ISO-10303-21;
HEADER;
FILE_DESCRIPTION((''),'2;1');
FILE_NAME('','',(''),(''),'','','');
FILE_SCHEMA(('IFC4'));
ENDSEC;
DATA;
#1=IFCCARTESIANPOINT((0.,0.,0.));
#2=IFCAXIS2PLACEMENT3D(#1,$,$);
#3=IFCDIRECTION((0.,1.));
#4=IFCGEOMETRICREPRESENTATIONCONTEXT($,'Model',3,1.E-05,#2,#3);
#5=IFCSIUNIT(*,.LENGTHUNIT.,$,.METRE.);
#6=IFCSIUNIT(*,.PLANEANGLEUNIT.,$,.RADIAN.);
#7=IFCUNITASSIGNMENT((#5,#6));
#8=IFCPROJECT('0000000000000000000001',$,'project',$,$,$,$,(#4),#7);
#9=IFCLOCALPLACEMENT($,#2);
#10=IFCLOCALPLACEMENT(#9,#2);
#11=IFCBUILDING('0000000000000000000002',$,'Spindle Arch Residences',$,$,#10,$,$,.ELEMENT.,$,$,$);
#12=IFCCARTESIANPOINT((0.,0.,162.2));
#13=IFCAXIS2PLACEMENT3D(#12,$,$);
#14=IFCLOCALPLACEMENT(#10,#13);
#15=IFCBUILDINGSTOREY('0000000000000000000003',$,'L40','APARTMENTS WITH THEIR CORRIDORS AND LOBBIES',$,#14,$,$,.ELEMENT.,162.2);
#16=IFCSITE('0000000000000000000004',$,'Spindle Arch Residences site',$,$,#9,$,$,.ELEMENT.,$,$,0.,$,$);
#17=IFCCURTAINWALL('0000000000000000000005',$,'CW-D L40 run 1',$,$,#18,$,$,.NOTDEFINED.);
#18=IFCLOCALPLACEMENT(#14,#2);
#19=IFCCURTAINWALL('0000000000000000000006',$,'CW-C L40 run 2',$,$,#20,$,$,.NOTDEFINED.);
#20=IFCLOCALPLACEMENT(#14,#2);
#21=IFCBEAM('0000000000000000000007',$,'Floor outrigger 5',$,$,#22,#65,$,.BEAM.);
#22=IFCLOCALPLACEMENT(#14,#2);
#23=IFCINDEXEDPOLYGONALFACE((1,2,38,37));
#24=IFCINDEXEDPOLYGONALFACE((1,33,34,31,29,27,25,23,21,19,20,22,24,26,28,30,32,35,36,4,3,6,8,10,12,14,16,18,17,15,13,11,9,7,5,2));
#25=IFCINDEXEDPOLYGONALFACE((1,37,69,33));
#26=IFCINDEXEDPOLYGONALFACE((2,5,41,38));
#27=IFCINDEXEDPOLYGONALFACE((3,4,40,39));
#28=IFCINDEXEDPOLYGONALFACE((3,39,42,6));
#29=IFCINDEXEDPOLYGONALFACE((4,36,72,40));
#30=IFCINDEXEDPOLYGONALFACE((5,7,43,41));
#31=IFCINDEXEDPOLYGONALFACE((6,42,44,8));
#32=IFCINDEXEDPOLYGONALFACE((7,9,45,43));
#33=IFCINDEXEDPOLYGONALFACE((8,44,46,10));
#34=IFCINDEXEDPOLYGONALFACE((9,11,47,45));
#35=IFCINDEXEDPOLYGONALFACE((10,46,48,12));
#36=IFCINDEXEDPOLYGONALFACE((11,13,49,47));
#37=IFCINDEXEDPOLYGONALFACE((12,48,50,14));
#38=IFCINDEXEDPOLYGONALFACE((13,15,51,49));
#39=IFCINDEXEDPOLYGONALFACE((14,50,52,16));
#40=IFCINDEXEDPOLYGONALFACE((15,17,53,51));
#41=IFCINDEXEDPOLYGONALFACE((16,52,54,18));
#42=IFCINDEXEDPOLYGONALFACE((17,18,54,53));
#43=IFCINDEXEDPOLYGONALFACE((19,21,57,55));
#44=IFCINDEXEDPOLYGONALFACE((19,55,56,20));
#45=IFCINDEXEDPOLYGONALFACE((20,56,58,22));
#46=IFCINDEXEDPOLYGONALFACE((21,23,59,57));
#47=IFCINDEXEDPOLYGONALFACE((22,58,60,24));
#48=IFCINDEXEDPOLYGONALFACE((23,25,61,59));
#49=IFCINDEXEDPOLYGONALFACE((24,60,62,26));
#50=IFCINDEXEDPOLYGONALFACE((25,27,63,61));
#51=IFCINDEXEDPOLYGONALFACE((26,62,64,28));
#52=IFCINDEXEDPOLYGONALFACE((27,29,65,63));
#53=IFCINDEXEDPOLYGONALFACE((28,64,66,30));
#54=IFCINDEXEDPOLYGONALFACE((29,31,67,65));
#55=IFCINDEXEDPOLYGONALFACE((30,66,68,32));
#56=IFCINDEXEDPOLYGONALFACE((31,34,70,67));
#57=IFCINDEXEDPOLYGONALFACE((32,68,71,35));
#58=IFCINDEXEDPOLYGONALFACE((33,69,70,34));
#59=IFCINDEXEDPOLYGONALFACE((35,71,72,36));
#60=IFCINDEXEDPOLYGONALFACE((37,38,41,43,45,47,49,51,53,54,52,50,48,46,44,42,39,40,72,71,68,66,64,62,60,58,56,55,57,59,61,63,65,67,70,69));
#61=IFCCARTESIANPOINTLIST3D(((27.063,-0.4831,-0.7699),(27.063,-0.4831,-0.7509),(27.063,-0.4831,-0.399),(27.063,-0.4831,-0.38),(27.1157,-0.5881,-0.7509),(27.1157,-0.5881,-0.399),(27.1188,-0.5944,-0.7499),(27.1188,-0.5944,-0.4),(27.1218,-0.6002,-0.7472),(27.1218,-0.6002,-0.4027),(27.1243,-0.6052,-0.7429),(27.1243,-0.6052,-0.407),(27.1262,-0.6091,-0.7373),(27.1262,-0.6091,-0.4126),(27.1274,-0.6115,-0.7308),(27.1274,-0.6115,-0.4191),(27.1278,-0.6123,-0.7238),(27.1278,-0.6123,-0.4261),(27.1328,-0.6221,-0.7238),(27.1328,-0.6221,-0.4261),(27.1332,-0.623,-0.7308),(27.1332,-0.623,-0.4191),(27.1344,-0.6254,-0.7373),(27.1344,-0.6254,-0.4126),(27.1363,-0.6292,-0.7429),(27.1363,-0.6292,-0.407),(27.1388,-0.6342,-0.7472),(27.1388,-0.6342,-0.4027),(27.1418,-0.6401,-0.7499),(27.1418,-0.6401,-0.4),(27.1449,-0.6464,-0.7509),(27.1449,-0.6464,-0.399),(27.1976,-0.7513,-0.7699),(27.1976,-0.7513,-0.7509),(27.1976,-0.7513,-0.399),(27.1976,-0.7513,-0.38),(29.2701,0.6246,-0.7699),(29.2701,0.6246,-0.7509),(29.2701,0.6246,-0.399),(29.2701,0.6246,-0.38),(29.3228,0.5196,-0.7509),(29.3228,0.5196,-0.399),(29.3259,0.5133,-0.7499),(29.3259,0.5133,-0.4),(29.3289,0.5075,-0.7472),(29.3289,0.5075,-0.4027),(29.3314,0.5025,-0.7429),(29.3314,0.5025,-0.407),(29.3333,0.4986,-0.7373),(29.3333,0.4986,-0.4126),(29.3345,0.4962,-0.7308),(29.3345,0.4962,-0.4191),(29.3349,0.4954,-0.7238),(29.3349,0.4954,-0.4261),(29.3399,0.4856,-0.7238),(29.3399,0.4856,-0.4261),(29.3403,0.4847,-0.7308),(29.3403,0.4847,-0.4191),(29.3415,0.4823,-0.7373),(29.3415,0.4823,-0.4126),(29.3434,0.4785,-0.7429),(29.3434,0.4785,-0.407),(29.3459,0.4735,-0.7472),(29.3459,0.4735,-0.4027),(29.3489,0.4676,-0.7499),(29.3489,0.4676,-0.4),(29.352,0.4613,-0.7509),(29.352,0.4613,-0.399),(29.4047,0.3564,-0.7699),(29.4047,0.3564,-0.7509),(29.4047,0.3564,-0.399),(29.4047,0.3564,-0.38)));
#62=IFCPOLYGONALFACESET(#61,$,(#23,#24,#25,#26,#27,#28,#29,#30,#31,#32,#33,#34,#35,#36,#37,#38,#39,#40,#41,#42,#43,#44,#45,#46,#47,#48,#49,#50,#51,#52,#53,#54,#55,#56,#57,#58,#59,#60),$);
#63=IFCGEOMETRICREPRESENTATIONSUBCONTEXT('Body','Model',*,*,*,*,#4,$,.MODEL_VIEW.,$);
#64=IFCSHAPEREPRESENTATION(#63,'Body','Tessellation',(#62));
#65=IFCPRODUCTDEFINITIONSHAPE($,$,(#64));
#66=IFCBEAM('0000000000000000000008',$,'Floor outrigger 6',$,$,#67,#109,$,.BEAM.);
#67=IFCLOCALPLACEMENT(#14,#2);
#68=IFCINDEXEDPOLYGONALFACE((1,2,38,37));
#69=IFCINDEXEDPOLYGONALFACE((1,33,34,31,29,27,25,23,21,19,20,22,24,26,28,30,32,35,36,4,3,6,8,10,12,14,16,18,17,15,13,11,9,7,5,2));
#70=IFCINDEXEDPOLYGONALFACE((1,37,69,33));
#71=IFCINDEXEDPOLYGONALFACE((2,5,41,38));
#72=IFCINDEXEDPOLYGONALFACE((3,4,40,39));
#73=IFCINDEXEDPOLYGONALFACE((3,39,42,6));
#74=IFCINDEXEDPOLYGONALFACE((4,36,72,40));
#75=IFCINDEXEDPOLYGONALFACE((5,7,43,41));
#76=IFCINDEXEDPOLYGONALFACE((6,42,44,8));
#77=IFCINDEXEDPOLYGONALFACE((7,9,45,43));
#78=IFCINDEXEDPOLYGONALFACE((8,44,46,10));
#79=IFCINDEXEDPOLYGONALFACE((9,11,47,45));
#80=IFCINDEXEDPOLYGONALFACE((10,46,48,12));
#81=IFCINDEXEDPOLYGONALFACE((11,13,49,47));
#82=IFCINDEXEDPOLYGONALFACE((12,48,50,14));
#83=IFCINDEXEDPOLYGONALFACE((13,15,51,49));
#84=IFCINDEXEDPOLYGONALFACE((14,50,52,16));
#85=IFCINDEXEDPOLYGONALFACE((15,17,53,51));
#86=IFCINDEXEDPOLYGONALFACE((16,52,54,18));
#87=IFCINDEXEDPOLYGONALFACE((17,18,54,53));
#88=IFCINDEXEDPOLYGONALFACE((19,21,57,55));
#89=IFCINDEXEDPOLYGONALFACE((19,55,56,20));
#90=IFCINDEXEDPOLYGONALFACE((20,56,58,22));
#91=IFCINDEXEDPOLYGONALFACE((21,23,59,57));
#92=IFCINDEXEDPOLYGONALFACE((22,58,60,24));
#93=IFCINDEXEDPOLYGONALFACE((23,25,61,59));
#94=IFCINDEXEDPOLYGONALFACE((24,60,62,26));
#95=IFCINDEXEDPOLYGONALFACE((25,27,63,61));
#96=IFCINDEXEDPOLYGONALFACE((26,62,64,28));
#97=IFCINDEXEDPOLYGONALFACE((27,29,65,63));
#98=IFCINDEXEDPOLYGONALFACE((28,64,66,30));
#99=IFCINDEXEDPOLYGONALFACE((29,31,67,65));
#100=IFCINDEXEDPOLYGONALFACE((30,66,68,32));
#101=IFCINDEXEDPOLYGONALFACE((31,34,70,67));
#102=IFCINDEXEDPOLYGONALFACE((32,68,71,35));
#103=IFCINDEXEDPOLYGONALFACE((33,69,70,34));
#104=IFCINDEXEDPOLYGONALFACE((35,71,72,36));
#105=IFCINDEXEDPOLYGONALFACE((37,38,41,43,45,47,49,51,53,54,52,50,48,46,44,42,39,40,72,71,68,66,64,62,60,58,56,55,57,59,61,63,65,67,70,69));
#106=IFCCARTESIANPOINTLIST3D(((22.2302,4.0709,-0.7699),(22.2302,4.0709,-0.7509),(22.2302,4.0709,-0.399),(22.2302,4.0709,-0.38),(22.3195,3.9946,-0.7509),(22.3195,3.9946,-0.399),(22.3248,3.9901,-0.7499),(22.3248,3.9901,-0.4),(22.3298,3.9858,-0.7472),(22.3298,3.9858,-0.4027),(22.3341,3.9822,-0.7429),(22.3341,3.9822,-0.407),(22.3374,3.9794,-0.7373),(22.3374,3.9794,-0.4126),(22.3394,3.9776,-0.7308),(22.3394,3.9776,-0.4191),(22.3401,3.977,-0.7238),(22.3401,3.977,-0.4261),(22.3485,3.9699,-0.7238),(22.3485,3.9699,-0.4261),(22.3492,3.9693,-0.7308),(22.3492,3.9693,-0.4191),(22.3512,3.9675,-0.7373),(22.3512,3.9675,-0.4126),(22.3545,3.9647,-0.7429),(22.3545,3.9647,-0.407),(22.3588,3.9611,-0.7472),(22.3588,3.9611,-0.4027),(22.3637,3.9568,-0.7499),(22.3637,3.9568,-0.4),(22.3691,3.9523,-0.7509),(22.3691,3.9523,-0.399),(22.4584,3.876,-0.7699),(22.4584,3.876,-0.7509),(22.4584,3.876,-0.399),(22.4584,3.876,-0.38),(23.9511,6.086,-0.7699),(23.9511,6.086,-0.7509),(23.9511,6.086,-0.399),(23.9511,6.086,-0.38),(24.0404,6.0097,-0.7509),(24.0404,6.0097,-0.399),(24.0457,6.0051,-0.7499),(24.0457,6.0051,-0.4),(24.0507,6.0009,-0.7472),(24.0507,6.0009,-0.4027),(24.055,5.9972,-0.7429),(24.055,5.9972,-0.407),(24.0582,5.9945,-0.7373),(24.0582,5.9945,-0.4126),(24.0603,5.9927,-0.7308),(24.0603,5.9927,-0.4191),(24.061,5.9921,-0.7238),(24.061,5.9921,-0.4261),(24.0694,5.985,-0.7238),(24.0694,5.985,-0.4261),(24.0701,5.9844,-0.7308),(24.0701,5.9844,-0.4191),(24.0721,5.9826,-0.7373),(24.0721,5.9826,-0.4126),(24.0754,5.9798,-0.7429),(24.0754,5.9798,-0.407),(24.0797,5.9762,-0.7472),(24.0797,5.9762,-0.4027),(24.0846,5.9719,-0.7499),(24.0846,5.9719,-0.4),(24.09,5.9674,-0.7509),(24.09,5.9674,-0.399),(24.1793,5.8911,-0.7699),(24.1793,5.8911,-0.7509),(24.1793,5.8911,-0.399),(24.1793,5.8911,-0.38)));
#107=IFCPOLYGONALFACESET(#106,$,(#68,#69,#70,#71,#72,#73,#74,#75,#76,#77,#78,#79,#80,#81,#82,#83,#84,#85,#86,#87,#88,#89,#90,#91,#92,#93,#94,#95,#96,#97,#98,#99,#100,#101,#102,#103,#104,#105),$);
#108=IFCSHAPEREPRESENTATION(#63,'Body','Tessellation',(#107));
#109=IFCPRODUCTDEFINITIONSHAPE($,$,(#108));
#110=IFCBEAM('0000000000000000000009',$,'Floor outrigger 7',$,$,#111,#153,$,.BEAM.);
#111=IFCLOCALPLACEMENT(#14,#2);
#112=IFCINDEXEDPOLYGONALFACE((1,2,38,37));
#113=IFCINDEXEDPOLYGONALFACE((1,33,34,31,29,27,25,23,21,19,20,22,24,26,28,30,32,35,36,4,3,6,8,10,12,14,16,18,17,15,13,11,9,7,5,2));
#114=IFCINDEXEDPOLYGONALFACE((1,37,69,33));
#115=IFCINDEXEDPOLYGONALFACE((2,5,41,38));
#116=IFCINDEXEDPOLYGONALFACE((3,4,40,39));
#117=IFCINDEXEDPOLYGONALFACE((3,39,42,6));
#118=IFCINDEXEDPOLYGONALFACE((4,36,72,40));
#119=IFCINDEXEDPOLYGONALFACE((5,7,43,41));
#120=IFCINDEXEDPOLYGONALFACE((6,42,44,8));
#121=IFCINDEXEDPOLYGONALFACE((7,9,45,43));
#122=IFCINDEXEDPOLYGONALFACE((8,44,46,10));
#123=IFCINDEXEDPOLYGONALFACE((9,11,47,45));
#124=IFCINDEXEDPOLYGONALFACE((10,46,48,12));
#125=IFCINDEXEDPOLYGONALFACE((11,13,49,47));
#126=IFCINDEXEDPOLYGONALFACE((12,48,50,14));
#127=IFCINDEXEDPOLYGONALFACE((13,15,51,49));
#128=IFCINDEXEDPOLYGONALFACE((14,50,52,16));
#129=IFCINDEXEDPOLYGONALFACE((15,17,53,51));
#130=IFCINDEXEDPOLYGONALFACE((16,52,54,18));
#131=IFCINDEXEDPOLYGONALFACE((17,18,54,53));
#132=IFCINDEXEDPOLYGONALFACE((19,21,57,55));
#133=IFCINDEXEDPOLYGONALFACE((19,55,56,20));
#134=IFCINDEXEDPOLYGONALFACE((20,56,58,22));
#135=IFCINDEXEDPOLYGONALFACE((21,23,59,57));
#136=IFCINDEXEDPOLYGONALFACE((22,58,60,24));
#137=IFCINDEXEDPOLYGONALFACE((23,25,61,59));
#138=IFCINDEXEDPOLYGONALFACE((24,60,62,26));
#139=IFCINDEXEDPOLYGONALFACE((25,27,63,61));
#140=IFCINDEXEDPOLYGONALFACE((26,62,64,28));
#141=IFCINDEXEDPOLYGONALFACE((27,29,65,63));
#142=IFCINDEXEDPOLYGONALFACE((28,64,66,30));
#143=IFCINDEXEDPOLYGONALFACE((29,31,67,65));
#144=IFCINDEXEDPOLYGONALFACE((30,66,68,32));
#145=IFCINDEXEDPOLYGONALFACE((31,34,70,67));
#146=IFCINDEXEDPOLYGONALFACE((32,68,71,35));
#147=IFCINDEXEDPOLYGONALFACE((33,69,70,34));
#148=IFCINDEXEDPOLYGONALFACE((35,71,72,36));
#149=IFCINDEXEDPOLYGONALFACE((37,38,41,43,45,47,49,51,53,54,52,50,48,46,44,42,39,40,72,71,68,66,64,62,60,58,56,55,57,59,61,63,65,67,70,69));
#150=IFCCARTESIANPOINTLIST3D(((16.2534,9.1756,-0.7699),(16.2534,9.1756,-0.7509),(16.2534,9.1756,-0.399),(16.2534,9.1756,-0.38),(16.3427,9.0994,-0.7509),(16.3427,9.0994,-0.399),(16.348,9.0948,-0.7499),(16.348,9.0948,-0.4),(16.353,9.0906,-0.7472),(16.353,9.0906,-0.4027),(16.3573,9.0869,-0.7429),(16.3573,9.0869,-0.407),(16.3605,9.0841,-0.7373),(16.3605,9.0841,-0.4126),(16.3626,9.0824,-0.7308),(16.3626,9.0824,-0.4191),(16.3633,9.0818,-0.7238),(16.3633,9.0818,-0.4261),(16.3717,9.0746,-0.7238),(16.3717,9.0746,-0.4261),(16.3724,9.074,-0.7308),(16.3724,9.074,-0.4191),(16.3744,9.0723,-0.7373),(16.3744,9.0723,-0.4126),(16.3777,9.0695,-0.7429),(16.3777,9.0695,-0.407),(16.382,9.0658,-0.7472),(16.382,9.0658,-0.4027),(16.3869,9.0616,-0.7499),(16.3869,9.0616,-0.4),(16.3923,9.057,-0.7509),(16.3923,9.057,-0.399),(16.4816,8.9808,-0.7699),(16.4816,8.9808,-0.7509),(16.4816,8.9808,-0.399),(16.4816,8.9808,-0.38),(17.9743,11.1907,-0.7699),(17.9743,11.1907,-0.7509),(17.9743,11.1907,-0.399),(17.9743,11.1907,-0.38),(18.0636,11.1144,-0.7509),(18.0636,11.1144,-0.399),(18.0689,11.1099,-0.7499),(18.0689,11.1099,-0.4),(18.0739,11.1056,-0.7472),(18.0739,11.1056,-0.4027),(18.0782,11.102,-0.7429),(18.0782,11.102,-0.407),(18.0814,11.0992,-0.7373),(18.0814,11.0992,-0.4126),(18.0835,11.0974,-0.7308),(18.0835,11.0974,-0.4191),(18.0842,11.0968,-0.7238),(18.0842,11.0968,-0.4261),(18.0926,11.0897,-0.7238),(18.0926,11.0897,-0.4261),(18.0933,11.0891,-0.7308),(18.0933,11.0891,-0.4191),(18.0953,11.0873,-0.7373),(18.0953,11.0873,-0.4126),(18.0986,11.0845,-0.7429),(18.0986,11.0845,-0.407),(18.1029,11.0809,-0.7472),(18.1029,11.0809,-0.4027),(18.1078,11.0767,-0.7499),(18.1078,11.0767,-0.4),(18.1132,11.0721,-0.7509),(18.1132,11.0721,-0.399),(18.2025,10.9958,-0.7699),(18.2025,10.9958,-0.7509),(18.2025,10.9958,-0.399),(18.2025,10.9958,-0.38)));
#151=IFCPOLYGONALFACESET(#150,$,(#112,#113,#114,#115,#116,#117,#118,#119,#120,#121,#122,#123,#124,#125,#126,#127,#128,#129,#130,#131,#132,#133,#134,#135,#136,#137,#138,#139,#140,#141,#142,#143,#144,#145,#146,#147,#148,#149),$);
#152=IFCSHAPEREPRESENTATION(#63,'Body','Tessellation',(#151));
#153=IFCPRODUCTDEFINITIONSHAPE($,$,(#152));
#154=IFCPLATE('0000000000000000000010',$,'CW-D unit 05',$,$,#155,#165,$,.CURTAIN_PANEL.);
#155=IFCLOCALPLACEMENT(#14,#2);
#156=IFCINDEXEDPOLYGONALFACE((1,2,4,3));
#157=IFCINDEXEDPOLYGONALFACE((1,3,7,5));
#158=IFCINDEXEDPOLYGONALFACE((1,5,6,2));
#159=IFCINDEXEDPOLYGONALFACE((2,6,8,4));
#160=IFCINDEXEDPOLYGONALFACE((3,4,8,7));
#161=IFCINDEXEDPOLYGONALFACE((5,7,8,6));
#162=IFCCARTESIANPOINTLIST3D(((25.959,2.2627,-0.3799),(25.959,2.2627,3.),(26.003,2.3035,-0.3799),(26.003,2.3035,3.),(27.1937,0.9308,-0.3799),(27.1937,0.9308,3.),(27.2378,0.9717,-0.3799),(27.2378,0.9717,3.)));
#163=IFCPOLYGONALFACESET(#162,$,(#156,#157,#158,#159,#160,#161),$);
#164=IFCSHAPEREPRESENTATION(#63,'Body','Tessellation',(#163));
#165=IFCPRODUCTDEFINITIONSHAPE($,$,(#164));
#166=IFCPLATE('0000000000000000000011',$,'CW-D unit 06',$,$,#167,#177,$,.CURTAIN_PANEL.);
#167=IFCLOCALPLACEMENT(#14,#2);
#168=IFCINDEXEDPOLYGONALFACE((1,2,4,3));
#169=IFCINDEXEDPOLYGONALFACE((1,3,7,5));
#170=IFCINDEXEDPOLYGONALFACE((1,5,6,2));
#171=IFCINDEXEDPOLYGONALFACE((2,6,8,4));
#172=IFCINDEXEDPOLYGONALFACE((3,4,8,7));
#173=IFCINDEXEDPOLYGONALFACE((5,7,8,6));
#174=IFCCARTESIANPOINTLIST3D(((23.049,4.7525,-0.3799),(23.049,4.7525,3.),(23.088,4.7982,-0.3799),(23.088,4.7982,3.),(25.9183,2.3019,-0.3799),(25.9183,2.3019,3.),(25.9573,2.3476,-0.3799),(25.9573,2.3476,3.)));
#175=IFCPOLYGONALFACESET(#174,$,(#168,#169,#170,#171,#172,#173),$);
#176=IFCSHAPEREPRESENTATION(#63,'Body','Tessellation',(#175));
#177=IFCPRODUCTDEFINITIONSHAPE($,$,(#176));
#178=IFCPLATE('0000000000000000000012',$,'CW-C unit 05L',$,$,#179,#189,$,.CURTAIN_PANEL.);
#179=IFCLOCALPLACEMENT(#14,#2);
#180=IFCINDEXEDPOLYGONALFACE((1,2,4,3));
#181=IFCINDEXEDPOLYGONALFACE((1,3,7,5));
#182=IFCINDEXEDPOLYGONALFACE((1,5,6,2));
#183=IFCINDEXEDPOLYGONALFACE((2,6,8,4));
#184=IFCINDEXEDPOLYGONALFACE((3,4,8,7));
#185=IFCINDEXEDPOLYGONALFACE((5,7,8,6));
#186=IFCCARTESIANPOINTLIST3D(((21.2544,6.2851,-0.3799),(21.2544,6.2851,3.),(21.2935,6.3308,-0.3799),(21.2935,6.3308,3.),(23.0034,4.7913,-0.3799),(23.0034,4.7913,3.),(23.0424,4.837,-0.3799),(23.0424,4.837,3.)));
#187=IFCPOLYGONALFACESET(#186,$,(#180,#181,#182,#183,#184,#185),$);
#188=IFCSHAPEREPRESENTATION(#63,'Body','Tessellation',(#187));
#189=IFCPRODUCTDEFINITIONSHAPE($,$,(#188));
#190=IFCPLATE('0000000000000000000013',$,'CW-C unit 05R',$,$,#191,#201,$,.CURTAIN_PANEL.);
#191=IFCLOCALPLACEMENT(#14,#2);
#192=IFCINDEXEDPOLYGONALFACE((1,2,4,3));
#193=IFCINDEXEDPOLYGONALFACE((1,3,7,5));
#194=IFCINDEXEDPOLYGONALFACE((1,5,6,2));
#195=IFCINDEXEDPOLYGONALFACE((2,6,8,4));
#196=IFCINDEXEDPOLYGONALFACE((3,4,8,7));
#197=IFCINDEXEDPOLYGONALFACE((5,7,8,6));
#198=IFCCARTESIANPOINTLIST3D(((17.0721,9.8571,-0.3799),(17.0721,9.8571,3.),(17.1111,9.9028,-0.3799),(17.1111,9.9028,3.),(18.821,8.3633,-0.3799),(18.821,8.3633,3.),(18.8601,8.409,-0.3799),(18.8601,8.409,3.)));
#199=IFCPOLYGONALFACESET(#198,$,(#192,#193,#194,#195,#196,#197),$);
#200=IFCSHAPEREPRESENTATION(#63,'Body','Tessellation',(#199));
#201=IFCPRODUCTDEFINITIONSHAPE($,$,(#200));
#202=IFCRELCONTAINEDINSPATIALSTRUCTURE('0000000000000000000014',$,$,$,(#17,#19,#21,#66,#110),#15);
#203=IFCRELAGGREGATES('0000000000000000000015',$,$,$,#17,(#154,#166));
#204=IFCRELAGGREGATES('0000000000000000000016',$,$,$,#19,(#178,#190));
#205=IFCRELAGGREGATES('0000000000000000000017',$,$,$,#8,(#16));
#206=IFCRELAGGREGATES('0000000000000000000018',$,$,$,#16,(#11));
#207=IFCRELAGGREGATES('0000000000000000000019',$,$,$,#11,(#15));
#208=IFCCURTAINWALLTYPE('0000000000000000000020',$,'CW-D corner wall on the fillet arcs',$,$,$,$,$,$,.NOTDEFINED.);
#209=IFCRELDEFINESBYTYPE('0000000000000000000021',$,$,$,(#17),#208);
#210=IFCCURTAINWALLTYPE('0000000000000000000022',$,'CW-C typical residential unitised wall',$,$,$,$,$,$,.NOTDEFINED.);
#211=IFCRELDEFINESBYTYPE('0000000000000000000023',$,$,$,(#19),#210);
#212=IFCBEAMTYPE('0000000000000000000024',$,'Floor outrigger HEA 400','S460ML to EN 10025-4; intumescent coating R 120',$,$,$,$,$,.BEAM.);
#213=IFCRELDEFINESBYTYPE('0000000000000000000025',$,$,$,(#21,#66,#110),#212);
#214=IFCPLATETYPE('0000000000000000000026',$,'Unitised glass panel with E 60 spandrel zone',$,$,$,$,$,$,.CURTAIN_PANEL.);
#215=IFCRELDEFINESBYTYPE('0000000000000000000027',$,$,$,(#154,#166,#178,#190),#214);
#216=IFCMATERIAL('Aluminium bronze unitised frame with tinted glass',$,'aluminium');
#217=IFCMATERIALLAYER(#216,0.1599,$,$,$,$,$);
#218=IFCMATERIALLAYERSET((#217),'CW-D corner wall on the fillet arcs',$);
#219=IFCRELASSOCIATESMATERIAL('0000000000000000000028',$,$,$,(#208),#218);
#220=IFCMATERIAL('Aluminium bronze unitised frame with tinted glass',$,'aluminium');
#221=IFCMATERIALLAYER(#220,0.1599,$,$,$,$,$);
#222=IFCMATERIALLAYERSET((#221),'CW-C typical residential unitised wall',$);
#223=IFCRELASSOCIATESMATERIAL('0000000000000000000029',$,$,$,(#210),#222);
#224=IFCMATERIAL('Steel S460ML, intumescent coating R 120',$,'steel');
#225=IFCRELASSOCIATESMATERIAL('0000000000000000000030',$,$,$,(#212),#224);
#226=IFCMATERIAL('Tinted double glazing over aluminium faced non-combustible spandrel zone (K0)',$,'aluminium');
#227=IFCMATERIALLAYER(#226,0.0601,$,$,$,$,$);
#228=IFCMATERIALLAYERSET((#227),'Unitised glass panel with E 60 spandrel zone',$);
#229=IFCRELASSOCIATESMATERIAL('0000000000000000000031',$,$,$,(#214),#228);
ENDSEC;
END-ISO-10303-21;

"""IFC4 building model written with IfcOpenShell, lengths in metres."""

from ifc_helpers import new_model, si_unit, direction, frame, origin, origin_2d, place, context, subcontext, project, spatial, rectangle, i_section, extrude, material, layer, layer_set, material_profile, profile_set, type_object, element, aggregate, save


model = new_model("IFC4")

# Units and contexts
model_context = context("Model", 3, precision=1e-05, world=origin(), true_north=direction((0.0, 1.0)))
body_context = subcontext(model_context, "Body", "Model", "MODEL_VIEW")
ifc_project = project(units=[si_unit("LENGTHUNIT", "METRE"), si_unit("PLANEANGLEUNIT", "RADIAN")], contexts=[model_context])

# Site, building, storey
site_placement = place(None, origin())
site = spatial("IfcSite", under=ifc_project, at=site_placement, Name="Spindle Arch Residences site", CompositionType="ELEMENT", RefElevation=0.0)
building_placement = place(site_placement, origin())
building = spatial("IfcBuilding", under=site, at=building_placement, Name="Spindle Arch Residences", CompositionType="ELEMENT")
storey_placement = place(building_placement, frame((0.0, 0.0, 162.2)))
storey = spatial("IfcBuildingStorey", under=building, at=storey_placement, Name="L40", Description="APARTMENTS WITH THEIR CORRIDORS AND LOBBIES", CompositionType="ELEMENT", Elevation=162.2)

# Curtain wall
ifc_material_1 = material(Name="Aluminium bronze unitised frame with tinted glass", Category="aluminium")
ifc_layer_1 = layer(ifc_material_1, 0.1599)
ifc_layer_set_1 = layer_set([ifc_layer_1], Name="CW-D corner wall on the fillet arcs")
curtain_wall_type_1 = type_object("IfcCurtainWallType", Name="CW-D corner wall on the fillet arcs", PredefinedType="NOTDEFINED", material=ifc_layer_set_1)
curtain_wall_1_placement = place(storey_placement, origin())
curtain_wall_1 = element("IfcCurtainWall", 1, at=curtain_wall_1_placement, inside=storey, type_object=curtain_wall_type_1, Name="CW-D L40 run 1", PredefinedType="NOTDEFINED")

# Curtain wall
ifc_material_2 = material(Name="Aluminium bronze unitised frame with tinted glass", Category="aluminium")
ifc_layer_2 = layer(ifc_material_2, 0.1599)
ifc_layer_set_2 = layer_set([ifc_layer_2], Name="CW-C typical residential unitised wall")
curtain_wall_type_2 = type_object("IfcCurtainWallType", Name="CW-C typical residential unitised wall", PredefinedType="NOTDEFINED", material=ifc_layer_set_2)
curtain_wall_2_placement = place(storey_placement, origin())
curtain_wall_2 = element("IfcCurtainWall", 2, at=curtain_wall_2_placement, inside=storey, type_object=curtain_wall_type_2, Name="CW-C L40 run 2", PredefinedType="NOTDEFINED")

# Beams
ifc_material_3 = material(Name="Steel S460ML, intumescent coating R 120", Category="steel")
ifc_material_profile_1 = material_profile(ifc_material_3, i_section(OverallWidth=0.3, OverallDepth=0.3899, WebThickness=0.011, FlangeThickness=0.019, FilletRadius=0.0271, at=origin_2d()), Name="HEA 400")
ifc_profile_set_1 = profile_set([ifc_material_profile_1], Name="Steel S460ML, intumescent coating R 120")
beam_type_1 = type_object("IfcBeamType", Name="Floor outrigger HEA 400", Description="S460ML to EN 10025-4; intumescent coating R 120", PredefinedType="BEAM", material=ifc_profile_set_1)
beam_1_placement = place(storey_placement, frame((29.3374, 0.4905, -0.575), z_axis=(-0.893754, -0.448558, 0.0), x_axis=(0.448558, -0.893754, 0.0)))
element("IfcBeam", 3, at=beam_1_placement, inside=storey, type_object=beam_type_1, Name="Floor outrigger 5", PredefinedType="BEAM", context=body_context, shape_type="SweptSolid", body=[
    extrude(i_section(OverallWidth=0.3, OverallDepth=0.3899, WebThickness=0.011, FlangeThickness=0.019, FilletRadius=0.0271, at=origin_2d()), origin(), (0.0, 0.0, 1.0), 2.4695),
])
for number, where, z_axis, x_axis, name in (
    (4, (24.0652, 5.9885, -0.575), (-0.649417, -0.760432, 0.0), (0.760432, -0.649417, 0.0), "Floor outrigger 6"),
    (5, (18.0884, 11.0933, -0.575), (-0.649417, -0.760432, 0.0), (0.760432, -0.649417, 0.0), "Floor outrigger 7"),
):
    element("IfcBeam", number, at=place(storey_placement, frame(where, z_axis=z_axis, x_axis=x_axis)), inside=storey, type_object=beam_type_1, Name=name, PredefinedType="BEAM", context=body_context, shape_type="SweptSolid", body=[
        extrude(i_section(OverallWidth=0.3, OverallDepth=0.3899, WebThickness=0.011, FlangeThickness=0.019, FilletRadius=0.0271, at=origin_2d()), origin(), (0.0, 0.0, 1.0), 2.6499),
    ])

# Plates
ifc_material_4 = material(Name="Tinted double glazing over aluminium faced non-combustible spandrel zone (K0)", Category="aluminium")
ifc_layer_3 = layer(ifc_material_4, 0.0601)
ifc_layer_set_3 = layer_set([ifc_layer_3], Name="Unitised glass panel with E 60 spandrel zone")
plate_type = type_object("IfcPlateType", Name="Unitised glass panel with E 60 spandrel zone", PredefinedType="CURTAIN_PANEL", material=ifc_layer_set_3)
plate_1_placement = place(storey_placement, frame((26.5984, 1.6172, -0.3799), z_axis=(0.0, 0.0, 1.0), x_axis=(-0.679868, 0.733334, 0.0)))
plate_1 = element("IfcPlate", 6, at=plate_1_placement, type_object=plate_type, Name="CW-D unit 05", PredefinedType="CURTAIN_PANEL", context=body_context, shape_type="SweptSolid", body=[
    extrude(rectangle(XDim=1.8162, YDim=0.0601, at=origin_2d()), origin(), (0.0, 0.0, 1.0), 3.3799),
])
plate_2_placement = place(storey_placement, frame((24.5032, 3.55, -0.3799), z_axis=(0.0, 0.0, 1.0), x_axis=(-0.760406, 0.649448, 0.0)))
plate_2 = element("IfcPlate", 7, at=plate_2_placement, type_object=plate_type, Name="CW-D unit 06", PredefinedType="CURTAIN_PANEL", context=body_context, shape_type="SweptSolid", body=[
    extrude(rectangle(XDim=3.7734, YDim=0.0601, at=origin_2d()), origin(), (0.0, 0.0, 1.0), 3.3799),
])
aggregate(curtain_wall_1, [plate_1, plate_2])
plate_3_placement = place(storey_placement, frame((22.1484, 5.561, -0.3799), z_axis=(0.0, 0.0, 1.0), x_axis=(-0.760406, 0.649448, 0.0)))
plate_3 = element("IfcPlate", 8, at=plate_3_placement, type_object=plate_type, Name="CW-C unit 05L", PredefinedType="CURTAIN_PANEL", context=body_context, shape_type="SweptSolid", body=[
    extrude(rectangle(XDim=2.3, YDim=0.0601, at=origin_2d()), origin(), (0.0, 0.0, 1.0), 3.3799),
])
plate_4_placement = place(storey_placement, frame((17.9661, 9.1331, -0.3799), z_axis=(0.0, 0.0, 1.0), x_axis=(-0.760406, 0.649448, 0.0)))
plate_4 = element("IfcPlate", 9, at=plate_4_placement, type_object=plate_type, Name="CW-C unit 05R", PredefinedType="CURTAIN_PANEL", context=body_context, shape_type="SweptSolid", body=[
    extrude(rectangle(XDim=2.3, YDim=0.0601, at=origin_2d()), origin(), (0.0, 0.0, 1.0), 3.3799),
])
aggregate(curtain_wall_2, [plate_3, plate_4])

save(model, "model.ifc")
